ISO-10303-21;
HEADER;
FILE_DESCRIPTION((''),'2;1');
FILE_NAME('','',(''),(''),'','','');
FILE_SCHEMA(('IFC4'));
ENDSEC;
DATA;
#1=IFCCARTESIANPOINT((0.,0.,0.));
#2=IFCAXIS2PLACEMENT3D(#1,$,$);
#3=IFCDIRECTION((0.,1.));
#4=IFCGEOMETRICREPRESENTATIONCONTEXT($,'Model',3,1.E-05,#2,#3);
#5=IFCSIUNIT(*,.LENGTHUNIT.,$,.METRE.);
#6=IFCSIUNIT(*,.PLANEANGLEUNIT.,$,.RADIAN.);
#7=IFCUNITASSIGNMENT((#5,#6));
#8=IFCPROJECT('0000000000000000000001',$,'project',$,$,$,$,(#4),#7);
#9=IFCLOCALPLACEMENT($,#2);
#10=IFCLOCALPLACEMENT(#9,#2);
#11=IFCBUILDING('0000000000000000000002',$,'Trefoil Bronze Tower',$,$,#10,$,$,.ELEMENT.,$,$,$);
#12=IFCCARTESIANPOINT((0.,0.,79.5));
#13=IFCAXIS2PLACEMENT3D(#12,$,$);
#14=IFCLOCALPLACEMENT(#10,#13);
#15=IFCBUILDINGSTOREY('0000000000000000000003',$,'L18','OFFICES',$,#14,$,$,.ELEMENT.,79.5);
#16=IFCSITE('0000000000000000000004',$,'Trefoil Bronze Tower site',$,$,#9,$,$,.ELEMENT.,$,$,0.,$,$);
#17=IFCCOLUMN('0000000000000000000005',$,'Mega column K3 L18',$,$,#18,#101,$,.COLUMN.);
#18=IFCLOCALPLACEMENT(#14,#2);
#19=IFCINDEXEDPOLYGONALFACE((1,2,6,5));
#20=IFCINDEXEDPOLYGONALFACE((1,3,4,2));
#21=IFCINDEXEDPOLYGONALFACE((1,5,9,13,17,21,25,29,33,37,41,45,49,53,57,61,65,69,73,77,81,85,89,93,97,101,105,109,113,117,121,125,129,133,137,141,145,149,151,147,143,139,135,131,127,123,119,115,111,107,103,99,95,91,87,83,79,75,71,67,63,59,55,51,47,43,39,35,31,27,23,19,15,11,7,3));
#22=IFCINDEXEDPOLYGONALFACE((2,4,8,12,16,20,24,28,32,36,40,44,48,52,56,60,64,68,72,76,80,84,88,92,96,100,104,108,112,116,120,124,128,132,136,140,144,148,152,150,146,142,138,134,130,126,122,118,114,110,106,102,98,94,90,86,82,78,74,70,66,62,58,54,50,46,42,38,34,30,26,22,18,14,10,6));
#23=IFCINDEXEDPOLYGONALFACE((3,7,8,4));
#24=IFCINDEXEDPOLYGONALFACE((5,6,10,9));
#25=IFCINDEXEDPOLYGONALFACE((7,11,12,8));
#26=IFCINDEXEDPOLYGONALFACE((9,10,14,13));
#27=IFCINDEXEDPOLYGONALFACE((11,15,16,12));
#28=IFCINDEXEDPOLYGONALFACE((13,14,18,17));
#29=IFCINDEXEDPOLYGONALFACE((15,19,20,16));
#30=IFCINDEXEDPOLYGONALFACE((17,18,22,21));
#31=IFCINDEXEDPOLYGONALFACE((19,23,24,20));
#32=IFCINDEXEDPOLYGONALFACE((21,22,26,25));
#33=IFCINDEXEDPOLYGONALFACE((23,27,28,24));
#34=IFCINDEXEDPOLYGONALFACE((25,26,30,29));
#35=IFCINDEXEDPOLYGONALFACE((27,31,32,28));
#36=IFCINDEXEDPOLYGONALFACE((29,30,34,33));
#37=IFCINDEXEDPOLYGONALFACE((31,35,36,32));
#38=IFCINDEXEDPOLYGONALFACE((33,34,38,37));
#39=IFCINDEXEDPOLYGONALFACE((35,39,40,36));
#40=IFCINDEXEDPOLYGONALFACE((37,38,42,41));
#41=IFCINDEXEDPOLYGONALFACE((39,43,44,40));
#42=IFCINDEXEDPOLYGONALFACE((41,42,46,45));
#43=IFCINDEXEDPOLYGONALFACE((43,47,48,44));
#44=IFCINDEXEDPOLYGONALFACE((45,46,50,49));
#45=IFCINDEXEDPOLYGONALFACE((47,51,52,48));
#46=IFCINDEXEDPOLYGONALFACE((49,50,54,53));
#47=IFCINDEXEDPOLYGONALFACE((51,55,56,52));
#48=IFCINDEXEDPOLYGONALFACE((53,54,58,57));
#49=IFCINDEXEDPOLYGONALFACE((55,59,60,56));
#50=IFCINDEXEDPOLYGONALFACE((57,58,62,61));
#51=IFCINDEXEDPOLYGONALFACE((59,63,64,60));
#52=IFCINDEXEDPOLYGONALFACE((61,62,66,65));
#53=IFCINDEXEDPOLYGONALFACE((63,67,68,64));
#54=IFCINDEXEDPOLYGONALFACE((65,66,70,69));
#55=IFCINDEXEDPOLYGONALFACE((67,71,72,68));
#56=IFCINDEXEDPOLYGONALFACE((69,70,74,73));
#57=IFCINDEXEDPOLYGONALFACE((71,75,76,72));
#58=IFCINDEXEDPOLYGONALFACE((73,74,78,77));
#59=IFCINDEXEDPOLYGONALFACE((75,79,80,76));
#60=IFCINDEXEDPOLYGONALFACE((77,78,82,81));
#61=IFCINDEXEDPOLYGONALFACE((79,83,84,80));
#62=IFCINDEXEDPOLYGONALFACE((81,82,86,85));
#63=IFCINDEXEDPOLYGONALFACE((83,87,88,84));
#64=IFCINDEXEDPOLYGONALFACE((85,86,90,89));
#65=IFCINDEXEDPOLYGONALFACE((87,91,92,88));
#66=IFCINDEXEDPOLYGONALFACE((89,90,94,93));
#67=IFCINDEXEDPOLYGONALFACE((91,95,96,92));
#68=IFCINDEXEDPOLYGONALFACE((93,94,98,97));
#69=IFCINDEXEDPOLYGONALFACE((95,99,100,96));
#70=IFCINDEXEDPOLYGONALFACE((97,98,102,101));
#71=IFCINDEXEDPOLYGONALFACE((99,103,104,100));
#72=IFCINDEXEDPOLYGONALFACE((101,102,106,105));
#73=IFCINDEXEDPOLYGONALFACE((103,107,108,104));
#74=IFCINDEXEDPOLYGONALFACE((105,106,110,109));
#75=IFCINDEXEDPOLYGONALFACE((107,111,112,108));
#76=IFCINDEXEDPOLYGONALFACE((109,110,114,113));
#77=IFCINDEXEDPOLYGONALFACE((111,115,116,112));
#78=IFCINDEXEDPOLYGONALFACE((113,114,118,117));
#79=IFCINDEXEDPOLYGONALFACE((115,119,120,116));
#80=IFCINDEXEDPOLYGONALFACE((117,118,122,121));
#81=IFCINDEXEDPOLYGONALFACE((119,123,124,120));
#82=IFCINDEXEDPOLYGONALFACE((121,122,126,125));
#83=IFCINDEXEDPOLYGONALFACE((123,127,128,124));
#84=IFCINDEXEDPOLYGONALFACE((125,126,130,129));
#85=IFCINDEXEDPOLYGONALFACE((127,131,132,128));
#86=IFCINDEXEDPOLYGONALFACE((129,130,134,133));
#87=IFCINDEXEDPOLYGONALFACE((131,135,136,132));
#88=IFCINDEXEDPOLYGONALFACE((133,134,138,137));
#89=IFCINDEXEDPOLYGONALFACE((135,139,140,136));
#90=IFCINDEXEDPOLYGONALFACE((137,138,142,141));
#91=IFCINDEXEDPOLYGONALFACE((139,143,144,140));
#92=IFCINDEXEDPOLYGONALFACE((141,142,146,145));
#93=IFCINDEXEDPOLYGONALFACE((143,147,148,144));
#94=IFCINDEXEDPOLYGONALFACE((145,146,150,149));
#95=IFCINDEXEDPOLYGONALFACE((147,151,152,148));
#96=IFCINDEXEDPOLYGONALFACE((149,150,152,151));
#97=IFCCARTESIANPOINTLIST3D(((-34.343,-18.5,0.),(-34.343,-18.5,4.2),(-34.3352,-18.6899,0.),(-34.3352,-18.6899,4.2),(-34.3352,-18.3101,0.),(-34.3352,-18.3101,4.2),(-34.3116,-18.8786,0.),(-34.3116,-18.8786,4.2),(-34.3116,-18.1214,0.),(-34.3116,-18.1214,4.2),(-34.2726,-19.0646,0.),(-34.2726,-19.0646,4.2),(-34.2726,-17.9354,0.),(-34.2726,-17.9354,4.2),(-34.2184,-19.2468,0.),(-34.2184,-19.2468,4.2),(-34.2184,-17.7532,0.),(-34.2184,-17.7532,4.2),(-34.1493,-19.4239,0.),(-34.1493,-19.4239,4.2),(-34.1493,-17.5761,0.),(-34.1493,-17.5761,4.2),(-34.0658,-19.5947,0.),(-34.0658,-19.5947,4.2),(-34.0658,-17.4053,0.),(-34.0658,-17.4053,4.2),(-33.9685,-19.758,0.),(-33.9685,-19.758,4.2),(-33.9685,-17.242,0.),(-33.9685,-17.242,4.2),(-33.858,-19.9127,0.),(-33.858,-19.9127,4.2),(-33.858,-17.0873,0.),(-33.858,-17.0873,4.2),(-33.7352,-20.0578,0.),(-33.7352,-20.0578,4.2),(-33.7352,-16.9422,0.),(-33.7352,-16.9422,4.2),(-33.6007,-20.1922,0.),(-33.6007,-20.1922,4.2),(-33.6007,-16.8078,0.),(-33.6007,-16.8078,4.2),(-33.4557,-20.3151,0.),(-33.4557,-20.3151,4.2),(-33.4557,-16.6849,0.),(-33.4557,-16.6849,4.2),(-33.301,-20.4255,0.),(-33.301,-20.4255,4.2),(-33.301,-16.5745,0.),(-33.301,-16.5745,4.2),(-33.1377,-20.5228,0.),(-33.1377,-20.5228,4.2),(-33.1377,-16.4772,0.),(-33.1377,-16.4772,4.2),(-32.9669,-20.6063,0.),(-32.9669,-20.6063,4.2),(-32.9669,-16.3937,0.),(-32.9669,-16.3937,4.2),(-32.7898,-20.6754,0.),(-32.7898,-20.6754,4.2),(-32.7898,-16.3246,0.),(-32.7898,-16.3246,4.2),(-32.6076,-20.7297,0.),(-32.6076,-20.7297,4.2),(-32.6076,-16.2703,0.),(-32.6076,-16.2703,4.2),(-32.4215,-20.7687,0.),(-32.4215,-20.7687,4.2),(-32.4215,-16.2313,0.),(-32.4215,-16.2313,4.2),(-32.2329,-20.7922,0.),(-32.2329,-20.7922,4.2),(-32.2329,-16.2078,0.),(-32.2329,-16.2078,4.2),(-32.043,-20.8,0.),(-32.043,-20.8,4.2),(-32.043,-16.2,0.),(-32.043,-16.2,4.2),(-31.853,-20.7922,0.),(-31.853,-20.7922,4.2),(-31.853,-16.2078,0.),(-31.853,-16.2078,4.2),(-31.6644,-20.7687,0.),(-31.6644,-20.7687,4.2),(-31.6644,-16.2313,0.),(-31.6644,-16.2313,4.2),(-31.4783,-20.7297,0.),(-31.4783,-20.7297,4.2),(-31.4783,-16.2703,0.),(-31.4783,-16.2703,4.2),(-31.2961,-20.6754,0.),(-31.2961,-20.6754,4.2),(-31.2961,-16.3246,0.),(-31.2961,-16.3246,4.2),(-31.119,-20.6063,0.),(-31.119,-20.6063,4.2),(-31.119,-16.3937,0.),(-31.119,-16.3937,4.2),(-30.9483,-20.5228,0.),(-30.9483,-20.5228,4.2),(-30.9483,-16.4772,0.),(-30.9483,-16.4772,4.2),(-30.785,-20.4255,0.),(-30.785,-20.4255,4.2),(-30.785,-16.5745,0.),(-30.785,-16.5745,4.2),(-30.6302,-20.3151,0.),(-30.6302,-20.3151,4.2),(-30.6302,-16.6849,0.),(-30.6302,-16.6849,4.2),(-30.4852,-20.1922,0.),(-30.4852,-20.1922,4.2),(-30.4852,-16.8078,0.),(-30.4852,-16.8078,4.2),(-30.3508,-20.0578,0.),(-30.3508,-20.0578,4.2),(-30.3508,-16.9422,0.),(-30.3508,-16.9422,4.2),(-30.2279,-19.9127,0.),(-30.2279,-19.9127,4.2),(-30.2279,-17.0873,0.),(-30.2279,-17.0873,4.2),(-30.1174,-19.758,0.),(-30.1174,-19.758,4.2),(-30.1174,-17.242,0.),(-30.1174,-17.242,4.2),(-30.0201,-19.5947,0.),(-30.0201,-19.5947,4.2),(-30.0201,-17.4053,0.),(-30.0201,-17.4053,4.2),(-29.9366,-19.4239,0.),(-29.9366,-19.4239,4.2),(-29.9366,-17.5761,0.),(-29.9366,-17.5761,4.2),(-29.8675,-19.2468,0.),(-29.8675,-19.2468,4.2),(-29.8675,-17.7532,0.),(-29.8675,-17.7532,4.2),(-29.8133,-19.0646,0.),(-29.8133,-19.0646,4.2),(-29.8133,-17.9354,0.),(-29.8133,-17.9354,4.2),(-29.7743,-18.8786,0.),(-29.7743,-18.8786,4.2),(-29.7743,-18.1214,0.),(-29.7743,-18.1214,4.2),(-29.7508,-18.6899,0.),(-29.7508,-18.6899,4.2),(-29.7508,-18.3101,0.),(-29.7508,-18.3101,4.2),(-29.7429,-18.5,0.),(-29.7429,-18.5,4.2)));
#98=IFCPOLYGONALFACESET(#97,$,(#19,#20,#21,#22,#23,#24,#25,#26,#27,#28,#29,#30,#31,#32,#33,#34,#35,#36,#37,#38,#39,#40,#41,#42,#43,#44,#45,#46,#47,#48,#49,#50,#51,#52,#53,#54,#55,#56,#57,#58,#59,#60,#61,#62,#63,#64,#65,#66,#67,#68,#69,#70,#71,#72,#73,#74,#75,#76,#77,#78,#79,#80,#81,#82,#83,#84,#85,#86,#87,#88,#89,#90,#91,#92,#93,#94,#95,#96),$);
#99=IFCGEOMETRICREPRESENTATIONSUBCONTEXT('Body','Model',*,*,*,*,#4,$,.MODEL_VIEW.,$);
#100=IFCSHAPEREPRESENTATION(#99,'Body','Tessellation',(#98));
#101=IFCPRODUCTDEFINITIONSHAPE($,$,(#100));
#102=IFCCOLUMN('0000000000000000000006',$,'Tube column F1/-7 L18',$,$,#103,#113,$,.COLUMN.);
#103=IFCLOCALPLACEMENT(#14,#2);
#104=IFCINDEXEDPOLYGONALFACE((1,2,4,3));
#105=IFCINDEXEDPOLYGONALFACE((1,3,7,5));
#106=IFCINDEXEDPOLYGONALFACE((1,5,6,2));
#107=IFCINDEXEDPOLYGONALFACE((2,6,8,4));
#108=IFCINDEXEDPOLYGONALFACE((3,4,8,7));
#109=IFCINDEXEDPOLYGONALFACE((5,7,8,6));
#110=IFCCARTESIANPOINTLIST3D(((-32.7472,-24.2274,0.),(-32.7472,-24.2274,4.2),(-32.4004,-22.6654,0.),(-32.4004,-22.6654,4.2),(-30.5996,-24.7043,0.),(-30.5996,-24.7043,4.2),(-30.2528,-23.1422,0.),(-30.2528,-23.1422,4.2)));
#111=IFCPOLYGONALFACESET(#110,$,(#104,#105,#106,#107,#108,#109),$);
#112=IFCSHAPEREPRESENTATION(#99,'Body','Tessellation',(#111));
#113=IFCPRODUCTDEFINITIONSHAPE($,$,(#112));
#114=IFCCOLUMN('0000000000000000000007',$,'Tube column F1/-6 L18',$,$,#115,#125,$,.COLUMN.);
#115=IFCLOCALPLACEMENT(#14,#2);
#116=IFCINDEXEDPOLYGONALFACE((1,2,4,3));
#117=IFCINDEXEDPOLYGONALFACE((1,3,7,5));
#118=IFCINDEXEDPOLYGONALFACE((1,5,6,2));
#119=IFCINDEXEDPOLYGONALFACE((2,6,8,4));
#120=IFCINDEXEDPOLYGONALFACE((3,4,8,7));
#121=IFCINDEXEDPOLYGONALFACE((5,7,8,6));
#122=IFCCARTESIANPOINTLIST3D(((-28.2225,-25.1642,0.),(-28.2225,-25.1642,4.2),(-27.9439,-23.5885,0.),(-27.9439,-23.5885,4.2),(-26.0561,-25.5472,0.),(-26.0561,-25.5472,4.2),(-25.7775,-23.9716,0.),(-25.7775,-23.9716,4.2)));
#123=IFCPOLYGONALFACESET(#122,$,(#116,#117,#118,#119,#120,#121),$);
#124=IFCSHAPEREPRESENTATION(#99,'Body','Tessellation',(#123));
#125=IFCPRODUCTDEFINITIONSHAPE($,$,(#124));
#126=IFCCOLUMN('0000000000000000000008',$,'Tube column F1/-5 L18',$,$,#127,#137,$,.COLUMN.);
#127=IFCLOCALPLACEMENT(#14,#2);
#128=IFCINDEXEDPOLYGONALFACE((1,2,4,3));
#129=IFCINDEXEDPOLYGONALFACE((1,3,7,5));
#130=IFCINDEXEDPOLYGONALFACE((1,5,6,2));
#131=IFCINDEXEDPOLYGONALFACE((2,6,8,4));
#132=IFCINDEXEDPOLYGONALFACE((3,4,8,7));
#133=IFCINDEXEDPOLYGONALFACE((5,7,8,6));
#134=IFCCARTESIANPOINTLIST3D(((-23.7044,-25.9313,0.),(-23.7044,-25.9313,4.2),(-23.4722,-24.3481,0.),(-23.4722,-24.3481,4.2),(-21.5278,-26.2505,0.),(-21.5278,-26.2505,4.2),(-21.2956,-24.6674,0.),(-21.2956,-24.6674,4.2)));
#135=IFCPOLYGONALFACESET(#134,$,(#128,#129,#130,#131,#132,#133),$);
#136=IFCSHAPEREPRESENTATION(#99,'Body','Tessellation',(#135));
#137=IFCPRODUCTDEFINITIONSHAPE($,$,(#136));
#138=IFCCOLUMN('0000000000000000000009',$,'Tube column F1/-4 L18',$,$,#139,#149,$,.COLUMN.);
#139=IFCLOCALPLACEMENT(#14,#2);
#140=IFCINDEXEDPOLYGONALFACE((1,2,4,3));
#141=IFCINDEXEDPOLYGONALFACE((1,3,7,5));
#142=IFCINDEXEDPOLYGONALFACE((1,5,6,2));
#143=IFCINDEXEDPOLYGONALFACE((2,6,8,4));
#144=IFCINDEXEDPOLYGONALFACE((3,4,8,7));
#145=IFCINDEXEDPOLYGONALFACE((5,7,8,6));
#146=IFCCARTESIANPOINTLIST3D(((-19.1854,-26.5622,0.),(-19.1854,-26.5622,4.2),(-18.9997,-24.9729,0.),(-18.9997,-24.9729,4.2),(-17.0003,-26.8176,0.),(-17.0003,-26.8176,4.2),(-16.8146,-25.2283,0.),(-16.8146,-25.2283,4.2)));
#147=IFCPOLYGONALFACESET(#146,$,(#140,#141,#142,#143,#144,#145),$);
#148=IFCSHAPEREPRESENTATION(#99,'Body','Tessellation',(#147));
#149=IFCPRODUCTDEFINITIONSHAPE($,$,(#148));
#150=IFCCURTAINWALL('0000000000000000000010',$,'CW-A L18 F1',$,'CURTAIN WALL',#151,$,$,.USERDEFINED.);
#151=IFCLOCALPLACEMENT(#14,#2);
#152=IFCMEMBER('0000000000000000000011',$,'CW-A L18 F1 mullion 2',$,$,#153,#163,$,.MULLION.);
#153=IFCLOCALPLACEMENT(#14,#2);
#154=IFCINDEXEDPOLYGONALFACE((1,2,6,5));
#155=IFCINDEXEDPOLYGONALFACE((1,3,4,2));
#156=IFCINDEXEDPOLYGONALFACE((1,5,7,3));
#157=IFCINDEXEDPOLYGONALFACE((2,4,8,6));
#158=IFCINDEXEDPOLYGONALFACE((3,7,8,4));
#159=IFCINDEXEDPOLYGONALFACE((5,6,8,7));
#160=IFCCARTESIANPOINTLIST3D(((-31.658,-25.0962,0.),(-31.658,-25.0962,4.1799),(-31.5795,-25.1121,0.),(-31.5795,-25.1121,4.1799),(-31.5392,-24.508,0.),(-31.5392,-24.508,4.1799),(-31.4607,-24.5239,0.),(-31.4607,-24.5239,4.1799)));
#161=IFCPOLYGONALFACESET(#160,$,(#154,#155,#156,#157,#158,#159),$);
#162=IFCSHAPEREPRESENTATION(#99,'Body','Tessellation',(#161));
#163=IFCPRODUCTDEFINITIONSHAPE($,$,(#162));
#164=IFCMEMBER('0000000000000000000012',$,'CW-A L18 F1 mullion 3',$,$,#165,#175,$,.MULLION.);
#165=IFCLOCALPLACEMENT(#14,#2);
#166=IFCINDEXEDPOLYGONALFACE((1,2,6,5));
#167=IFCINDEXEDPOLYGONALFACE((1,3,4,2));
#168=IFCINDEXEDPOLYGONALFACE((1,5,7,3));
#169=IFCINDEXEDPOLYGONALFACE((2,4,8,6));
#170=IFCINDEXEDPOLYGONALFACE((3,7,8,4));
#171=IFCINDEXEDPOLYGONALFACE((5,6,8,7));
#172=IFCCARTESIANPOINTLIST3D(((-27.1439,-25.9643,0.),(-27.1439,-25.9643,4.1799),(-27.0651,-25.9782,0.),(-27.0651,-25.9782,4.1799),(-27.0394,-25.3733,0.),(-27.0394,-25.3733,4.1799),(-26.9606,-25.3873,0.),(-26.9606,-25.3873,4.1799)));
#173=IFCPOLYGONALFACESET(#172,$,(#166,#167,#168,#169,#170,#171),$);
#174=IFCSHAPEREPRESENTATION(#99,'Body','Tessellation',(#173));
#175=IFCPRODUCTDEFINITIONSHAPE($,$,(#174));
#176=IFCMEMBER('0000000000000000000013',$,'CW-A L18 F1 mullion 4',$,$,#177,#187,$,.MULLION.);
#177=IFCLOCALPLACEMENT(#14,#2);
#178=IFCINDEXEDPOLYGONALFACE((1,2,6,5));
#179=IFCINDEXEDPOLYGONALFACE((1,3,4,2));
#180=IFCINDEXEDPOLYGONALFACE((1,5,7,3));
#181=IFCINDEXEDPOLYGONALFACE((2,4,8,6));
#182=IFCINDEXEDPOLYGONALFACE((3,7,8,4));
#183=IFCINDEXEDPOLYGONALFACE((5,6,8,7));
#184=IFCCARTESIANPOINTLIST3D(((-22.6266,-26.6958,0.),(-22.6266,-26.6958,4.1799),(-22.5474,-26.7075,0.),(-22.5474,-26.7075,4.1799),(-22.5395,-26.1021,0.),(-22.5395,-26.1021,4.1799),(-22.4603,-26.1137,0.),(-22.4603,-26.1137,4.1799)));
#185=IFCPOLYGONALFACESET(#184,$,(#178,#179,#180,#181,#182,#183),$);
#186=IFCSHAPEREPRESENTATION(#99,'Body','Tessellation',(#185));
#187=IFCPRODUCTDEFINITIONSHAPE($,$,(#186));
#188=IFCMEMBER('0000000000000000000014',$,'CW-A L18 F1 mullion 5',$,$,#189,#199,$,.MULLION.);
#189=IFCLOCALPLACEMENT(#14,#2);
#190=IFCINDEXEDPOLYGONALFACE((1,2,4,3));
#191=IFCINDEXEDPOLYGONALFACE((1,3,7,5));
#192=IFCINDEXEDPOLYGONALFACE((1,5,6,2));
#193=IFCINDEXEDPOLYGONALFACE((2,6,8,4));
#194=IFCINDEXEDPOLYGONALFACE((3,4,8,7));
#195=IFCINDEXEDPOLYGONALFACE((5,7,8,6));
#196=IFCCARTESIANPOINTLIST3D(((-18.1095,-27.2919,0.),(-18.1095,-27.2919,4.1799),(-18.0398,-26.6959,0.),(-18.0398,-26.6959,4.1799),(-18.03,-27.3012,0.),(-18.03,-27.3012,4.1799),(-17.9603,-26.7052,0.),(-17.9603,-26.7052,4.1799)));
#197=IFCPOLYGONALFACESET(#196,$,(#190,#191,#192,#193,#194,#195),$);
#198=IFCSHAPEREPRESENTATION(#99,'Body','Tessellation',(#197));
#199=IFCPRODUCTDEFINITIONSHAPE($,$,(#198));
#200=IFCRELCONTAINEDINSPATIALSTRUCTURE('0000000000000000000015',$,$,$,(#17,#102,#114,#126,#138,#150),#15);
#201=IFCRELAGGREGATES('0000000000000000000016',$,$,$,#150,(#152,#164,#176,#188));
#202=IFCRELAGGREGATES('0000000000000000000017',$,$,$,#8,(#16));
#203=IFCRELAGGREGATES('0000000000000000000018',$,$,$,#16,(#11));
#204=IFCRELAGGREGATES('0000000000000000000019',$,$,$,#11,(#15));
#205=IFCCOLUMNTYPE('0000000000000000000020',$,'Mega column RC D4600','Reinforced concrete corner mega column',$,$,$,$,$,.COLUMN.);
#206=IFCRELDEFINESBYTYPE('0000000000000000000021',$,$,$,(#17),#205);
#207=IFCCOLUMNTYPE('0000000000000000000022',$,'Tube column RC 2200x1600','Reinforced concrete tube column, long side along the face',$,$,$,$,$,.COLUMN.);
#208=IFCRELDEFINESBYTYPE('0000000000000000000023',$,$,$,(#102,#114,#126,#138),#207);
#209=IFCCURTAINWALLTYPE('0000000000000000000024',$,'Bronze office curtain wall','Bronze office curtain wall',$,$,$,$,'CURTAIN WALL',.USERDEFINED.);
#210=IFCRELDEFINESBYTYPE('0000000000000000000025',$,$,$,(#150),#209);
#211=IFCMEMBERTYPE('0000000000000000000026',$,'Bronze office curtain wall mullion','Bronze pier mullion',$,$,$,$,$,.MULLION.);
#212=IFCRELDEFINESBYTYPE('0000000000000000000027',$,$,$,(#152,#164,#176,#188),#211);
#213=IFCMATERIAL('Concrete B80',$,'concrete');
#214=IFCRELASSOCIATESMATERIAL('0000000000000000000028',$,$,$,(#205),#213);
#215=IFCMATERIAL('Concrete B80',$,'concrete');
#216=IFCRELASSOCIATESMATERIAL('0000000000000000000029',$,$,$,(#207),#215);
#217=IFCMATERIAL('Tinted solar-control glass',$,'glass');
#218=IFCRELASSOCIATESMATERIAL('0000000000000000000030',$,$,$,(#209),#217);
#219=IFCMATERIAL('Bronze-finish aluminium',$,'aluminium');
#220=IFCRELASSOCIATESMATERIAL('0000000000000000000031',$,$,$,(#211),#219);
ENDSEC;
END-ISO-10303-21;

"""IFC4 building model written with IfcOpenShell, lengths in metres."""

from ifc_helpers import new_model, si_unit, direction, frame, origin, origin_2d, place, context, subcontext, project, spatial, rectangle, circle, extrude, material, material_profile, profile_set, type_object, element, aggregate, save


model = new_model("IFC4")

# Units and contexts
model_context = context("Model", 3, precision=1e-05, world=origin(), true_north=direction((0.0, 1.0)))
body_context = subcontext(model_context, "Body", "Model", "MODEL_VIEW")
ifc_project = project(units=[si_unit("LENGTHUNIT", "METRE"), si_unit("PLANEANGLEUNIT", "RADIAN")], contexts=[model_context])

# Site, building, storey
site_placement = place(None, origin())
site = spatial("IfcSite", under=ifc_project, at=site_placement, Name="Trefoil Bronze Tower site", CompositionType="ELEMENT", RefElevation=0.0)
building_placement = place(site_placement, origin())
building = spatial("IfcBuilding", under=site, at=building_placement, Name="Trefoil Bronze Tower", CompositionType="ELEMENT")
storey_placement = place(building_placement, frame((0.0, 0.0, 79.5)))
storey = spatial("IfcBuildingStorey", under=building, at=storey_placement, Name="L18", Description="OFFICES", CompositionType="ELEMENT", Elevation=79.5)

# Columns
ifc_material_1 = material(Name="Concrete B80", Category="concrete")
ifc_material_profile_1 = material_profile(ifc_material_1, circle(Radius=2.3, at=origin_2d()), Name="RC D4600")
ifc_profile_set_1 = profile_set([ifc_material_profile_1], Name="Concrete B80")
column_type_1 = type_object("IfcColumnType", Name="Mega column RC D4600", Description="Reinforced concrete corner mega column", PredefinedType="COLUMN", material=ifc_profile_set_1)
column_placement = place(storey_placement, frame((-32.043, -18.5, 0.0), z_axis=(0.0, 0.0, 1.0), x_axis=(1.0, 0.0, 0.0)))
element("IfcColumn", 1, at=column_placement, inside=storey, type_object=column_type_1, Name="Mega column K3 L18", PredefinedType="COLUMN", context=body_context, shape_type="SweptSolid", body=[
    extrude(circle(Radius=2.3, at=origin_2d()), origin(), (0.0, 0.0, 1.0), 4.2),
])
ifc_material_2 = material(Name="Concrete B80", Category="concrete")
ifc_material_profile_2 = material_profile(ifc_material_2, rectangle(XDim=2.2, YDim=1.6001, at=origin_2d()), Name="RC 2200x1600")
ifc_profile_set_2 = profile_set([ifc_material_profile_2], Name="Concrete B80")
column_type_2 = type_object("IfcColumnType", Name="Tube column RC 2200x1600", Description="Reinforced concrete tube column, long side along the face", PredefinedType="COLUMN", material=ifc_profile_set_2)
for number, where, z_axis, x_axis, name in (
    (2, (-31.5, -23.6848, 0.0), (0.0, 0.0, 1.0), (0.97623, -0.216739, 0.0), "Tube column F1/-7 L18"),
    (3, (-27.0, -24.5679, 0.0), (0.0, 0.0, 1.0), (0.984722, -0.174131, 0.0), "Tube column F1/-6 L18"),
    (4, (-22.5, -25.2993, 0.0), (0.0, 0.0, 1.0), (0.989416, -0.145109, 0.0), "Tube column F1/-5 L18"),
    (5, (-18.0, -25.8953, 0.0), (0.0, 0.0, 1.0), (0.993239, -0.116087, 0.0), "Tube column F1/-4 L18"),
):
    element("IfcColumn", number, at=place(storey_placement, frame(where, z_axis=z_axis, x_axis=x_axis)), inside=storey, type_object=column_type_2, Name=name, PredefinedType="COLUMN", context=body_context, shape_type="SweptSolid", body=[
        extrude(rectangle(XDim=2.2, YDim=1.6001, at=origin_2d()), origin(), (0.0, 0.0, 1.0), 4.2),
    ])

# Curtain wall, members
ifc_material_3 = material(Name="Tinted solar-control glass", Category="glass")
curtain_wall_type_1 = type_object("IfcCurtainWallType", Name="Bronze office curtain wall", Description="Bronze office curtain wall", ElementType="CURTAIN WALL", PredefinedType="USERDEFINED", material=ifc_material_3)
curtain_wall_1_placement = place(storey_placement, origin())
curtain_wall_1 = element("IfcCurtainWall", 6, at=curtain_wall_1_placement, inside=storey, type_object=curtain_wall_type_1, Name="CW-A L18 F1", ObjectType="CURTAIN WALL", PredefinedType="USERDEFINED")
ifc_material_4 = material(Name="Bronze-finish aluminium", Category="aluminium")
ifc_material_profile_3 = material_profile(ifc_material_4, rectangle(XDim=0.6001, YDim=0.0801, at=origin_2d()), Name="CW-A mullion")
ifc_profile_set_3 = profile_set([ifc_material_profile_3], Name="Bronze-finish aluminium")
member_type_1 = type_object("IfcMemberType", Name="Bronze office curtain wall mullion", Description="Bronze pier mullion", PredefinedType="MULLION", material=ifc_profile_set_3)
member_1_placement = place(storey_placement, frame((-31.5593, -24.8101, 0.0), z_axis=(0.0, 0.0, 1.0), x_axis=(0.19791, 0.98022, 0.0)))
member_1 = element("IfcMember", 7, at=member_1_placement, type_object=member_type_1, Name="CW-A L18 F1 mullion 2", PredefinedType="MULLION", context=body_context, shape_type="SweptSolid", body=[
    extrude(rectangle(XDim=0.6001, YDim=0.0801, at=origin_2d()), origin(), (0.0, 0.0, 1.0), 4.1799),
])
member_2_placement = place(storey_placement, frame((-27.0522, -25.6758, 0.0), z_axis=(0.0, 0.0, 1.0), x_axis=(0.174131, 0.984722, 0.0)))
member_2 = element("IfcMember", 8, at=member_2_placement, type_object=member_type_1, Name="CW-A L18 F1 mullion 3", PredefinedType="MULLION", context=body_context, shape_type="SweptSolid", body=[
    extrude(rectangle(XDim=0.6001, YDim=0.0801, at=origin_2d()), origin(), (0.0, 0.0, 1.0), 4.1799),
])
member_3_placement = place(storey_placement, frame((-22.5435, -26.4048, 0.0), z_axis=(0.0, 0.0, 1.0), x_axis=(0.145109, 0.989416, 0.0)))
member_3 = element("IfcMember", 9, at=member_3_placement, type_object=member_type_1, Name="CW-A L18 F1 mullion 4", PredefinedType="MULLION", context=body_context, shape_type="SweptSolid", body=[
    extrude(rectangle(XDim=0.6001, YDim=0.0801, at=origin_2d()), origin(), (0.0, 0.0, 1.0), 4.1799),
])
member_4_placement = place(storey_placement, frame((-18.0349, -26.9985, 0.0), z_axis=(0.0, 0.0, 1.0), x_axis=(0.116087, 0.993239, 0.0)))
member_4 = element("IfcMember", 10, at=member_4_placement, type_object=member_type_1, Name="CW-A L18 F1 mullion 5", PredefinedType="MULLION", context=body_context, shape_type="SweptSolid", body=[
    extrude(rectangle(XDim=0.6001, YDim=0.0801, at=origin_2d()), origin(), (0.0, 0.0, 1.0), 4.1799),
])

aggregate(curtain_wall_1, [member_1, member_2, member_3, member_4])

save(model, "model.ifc")
